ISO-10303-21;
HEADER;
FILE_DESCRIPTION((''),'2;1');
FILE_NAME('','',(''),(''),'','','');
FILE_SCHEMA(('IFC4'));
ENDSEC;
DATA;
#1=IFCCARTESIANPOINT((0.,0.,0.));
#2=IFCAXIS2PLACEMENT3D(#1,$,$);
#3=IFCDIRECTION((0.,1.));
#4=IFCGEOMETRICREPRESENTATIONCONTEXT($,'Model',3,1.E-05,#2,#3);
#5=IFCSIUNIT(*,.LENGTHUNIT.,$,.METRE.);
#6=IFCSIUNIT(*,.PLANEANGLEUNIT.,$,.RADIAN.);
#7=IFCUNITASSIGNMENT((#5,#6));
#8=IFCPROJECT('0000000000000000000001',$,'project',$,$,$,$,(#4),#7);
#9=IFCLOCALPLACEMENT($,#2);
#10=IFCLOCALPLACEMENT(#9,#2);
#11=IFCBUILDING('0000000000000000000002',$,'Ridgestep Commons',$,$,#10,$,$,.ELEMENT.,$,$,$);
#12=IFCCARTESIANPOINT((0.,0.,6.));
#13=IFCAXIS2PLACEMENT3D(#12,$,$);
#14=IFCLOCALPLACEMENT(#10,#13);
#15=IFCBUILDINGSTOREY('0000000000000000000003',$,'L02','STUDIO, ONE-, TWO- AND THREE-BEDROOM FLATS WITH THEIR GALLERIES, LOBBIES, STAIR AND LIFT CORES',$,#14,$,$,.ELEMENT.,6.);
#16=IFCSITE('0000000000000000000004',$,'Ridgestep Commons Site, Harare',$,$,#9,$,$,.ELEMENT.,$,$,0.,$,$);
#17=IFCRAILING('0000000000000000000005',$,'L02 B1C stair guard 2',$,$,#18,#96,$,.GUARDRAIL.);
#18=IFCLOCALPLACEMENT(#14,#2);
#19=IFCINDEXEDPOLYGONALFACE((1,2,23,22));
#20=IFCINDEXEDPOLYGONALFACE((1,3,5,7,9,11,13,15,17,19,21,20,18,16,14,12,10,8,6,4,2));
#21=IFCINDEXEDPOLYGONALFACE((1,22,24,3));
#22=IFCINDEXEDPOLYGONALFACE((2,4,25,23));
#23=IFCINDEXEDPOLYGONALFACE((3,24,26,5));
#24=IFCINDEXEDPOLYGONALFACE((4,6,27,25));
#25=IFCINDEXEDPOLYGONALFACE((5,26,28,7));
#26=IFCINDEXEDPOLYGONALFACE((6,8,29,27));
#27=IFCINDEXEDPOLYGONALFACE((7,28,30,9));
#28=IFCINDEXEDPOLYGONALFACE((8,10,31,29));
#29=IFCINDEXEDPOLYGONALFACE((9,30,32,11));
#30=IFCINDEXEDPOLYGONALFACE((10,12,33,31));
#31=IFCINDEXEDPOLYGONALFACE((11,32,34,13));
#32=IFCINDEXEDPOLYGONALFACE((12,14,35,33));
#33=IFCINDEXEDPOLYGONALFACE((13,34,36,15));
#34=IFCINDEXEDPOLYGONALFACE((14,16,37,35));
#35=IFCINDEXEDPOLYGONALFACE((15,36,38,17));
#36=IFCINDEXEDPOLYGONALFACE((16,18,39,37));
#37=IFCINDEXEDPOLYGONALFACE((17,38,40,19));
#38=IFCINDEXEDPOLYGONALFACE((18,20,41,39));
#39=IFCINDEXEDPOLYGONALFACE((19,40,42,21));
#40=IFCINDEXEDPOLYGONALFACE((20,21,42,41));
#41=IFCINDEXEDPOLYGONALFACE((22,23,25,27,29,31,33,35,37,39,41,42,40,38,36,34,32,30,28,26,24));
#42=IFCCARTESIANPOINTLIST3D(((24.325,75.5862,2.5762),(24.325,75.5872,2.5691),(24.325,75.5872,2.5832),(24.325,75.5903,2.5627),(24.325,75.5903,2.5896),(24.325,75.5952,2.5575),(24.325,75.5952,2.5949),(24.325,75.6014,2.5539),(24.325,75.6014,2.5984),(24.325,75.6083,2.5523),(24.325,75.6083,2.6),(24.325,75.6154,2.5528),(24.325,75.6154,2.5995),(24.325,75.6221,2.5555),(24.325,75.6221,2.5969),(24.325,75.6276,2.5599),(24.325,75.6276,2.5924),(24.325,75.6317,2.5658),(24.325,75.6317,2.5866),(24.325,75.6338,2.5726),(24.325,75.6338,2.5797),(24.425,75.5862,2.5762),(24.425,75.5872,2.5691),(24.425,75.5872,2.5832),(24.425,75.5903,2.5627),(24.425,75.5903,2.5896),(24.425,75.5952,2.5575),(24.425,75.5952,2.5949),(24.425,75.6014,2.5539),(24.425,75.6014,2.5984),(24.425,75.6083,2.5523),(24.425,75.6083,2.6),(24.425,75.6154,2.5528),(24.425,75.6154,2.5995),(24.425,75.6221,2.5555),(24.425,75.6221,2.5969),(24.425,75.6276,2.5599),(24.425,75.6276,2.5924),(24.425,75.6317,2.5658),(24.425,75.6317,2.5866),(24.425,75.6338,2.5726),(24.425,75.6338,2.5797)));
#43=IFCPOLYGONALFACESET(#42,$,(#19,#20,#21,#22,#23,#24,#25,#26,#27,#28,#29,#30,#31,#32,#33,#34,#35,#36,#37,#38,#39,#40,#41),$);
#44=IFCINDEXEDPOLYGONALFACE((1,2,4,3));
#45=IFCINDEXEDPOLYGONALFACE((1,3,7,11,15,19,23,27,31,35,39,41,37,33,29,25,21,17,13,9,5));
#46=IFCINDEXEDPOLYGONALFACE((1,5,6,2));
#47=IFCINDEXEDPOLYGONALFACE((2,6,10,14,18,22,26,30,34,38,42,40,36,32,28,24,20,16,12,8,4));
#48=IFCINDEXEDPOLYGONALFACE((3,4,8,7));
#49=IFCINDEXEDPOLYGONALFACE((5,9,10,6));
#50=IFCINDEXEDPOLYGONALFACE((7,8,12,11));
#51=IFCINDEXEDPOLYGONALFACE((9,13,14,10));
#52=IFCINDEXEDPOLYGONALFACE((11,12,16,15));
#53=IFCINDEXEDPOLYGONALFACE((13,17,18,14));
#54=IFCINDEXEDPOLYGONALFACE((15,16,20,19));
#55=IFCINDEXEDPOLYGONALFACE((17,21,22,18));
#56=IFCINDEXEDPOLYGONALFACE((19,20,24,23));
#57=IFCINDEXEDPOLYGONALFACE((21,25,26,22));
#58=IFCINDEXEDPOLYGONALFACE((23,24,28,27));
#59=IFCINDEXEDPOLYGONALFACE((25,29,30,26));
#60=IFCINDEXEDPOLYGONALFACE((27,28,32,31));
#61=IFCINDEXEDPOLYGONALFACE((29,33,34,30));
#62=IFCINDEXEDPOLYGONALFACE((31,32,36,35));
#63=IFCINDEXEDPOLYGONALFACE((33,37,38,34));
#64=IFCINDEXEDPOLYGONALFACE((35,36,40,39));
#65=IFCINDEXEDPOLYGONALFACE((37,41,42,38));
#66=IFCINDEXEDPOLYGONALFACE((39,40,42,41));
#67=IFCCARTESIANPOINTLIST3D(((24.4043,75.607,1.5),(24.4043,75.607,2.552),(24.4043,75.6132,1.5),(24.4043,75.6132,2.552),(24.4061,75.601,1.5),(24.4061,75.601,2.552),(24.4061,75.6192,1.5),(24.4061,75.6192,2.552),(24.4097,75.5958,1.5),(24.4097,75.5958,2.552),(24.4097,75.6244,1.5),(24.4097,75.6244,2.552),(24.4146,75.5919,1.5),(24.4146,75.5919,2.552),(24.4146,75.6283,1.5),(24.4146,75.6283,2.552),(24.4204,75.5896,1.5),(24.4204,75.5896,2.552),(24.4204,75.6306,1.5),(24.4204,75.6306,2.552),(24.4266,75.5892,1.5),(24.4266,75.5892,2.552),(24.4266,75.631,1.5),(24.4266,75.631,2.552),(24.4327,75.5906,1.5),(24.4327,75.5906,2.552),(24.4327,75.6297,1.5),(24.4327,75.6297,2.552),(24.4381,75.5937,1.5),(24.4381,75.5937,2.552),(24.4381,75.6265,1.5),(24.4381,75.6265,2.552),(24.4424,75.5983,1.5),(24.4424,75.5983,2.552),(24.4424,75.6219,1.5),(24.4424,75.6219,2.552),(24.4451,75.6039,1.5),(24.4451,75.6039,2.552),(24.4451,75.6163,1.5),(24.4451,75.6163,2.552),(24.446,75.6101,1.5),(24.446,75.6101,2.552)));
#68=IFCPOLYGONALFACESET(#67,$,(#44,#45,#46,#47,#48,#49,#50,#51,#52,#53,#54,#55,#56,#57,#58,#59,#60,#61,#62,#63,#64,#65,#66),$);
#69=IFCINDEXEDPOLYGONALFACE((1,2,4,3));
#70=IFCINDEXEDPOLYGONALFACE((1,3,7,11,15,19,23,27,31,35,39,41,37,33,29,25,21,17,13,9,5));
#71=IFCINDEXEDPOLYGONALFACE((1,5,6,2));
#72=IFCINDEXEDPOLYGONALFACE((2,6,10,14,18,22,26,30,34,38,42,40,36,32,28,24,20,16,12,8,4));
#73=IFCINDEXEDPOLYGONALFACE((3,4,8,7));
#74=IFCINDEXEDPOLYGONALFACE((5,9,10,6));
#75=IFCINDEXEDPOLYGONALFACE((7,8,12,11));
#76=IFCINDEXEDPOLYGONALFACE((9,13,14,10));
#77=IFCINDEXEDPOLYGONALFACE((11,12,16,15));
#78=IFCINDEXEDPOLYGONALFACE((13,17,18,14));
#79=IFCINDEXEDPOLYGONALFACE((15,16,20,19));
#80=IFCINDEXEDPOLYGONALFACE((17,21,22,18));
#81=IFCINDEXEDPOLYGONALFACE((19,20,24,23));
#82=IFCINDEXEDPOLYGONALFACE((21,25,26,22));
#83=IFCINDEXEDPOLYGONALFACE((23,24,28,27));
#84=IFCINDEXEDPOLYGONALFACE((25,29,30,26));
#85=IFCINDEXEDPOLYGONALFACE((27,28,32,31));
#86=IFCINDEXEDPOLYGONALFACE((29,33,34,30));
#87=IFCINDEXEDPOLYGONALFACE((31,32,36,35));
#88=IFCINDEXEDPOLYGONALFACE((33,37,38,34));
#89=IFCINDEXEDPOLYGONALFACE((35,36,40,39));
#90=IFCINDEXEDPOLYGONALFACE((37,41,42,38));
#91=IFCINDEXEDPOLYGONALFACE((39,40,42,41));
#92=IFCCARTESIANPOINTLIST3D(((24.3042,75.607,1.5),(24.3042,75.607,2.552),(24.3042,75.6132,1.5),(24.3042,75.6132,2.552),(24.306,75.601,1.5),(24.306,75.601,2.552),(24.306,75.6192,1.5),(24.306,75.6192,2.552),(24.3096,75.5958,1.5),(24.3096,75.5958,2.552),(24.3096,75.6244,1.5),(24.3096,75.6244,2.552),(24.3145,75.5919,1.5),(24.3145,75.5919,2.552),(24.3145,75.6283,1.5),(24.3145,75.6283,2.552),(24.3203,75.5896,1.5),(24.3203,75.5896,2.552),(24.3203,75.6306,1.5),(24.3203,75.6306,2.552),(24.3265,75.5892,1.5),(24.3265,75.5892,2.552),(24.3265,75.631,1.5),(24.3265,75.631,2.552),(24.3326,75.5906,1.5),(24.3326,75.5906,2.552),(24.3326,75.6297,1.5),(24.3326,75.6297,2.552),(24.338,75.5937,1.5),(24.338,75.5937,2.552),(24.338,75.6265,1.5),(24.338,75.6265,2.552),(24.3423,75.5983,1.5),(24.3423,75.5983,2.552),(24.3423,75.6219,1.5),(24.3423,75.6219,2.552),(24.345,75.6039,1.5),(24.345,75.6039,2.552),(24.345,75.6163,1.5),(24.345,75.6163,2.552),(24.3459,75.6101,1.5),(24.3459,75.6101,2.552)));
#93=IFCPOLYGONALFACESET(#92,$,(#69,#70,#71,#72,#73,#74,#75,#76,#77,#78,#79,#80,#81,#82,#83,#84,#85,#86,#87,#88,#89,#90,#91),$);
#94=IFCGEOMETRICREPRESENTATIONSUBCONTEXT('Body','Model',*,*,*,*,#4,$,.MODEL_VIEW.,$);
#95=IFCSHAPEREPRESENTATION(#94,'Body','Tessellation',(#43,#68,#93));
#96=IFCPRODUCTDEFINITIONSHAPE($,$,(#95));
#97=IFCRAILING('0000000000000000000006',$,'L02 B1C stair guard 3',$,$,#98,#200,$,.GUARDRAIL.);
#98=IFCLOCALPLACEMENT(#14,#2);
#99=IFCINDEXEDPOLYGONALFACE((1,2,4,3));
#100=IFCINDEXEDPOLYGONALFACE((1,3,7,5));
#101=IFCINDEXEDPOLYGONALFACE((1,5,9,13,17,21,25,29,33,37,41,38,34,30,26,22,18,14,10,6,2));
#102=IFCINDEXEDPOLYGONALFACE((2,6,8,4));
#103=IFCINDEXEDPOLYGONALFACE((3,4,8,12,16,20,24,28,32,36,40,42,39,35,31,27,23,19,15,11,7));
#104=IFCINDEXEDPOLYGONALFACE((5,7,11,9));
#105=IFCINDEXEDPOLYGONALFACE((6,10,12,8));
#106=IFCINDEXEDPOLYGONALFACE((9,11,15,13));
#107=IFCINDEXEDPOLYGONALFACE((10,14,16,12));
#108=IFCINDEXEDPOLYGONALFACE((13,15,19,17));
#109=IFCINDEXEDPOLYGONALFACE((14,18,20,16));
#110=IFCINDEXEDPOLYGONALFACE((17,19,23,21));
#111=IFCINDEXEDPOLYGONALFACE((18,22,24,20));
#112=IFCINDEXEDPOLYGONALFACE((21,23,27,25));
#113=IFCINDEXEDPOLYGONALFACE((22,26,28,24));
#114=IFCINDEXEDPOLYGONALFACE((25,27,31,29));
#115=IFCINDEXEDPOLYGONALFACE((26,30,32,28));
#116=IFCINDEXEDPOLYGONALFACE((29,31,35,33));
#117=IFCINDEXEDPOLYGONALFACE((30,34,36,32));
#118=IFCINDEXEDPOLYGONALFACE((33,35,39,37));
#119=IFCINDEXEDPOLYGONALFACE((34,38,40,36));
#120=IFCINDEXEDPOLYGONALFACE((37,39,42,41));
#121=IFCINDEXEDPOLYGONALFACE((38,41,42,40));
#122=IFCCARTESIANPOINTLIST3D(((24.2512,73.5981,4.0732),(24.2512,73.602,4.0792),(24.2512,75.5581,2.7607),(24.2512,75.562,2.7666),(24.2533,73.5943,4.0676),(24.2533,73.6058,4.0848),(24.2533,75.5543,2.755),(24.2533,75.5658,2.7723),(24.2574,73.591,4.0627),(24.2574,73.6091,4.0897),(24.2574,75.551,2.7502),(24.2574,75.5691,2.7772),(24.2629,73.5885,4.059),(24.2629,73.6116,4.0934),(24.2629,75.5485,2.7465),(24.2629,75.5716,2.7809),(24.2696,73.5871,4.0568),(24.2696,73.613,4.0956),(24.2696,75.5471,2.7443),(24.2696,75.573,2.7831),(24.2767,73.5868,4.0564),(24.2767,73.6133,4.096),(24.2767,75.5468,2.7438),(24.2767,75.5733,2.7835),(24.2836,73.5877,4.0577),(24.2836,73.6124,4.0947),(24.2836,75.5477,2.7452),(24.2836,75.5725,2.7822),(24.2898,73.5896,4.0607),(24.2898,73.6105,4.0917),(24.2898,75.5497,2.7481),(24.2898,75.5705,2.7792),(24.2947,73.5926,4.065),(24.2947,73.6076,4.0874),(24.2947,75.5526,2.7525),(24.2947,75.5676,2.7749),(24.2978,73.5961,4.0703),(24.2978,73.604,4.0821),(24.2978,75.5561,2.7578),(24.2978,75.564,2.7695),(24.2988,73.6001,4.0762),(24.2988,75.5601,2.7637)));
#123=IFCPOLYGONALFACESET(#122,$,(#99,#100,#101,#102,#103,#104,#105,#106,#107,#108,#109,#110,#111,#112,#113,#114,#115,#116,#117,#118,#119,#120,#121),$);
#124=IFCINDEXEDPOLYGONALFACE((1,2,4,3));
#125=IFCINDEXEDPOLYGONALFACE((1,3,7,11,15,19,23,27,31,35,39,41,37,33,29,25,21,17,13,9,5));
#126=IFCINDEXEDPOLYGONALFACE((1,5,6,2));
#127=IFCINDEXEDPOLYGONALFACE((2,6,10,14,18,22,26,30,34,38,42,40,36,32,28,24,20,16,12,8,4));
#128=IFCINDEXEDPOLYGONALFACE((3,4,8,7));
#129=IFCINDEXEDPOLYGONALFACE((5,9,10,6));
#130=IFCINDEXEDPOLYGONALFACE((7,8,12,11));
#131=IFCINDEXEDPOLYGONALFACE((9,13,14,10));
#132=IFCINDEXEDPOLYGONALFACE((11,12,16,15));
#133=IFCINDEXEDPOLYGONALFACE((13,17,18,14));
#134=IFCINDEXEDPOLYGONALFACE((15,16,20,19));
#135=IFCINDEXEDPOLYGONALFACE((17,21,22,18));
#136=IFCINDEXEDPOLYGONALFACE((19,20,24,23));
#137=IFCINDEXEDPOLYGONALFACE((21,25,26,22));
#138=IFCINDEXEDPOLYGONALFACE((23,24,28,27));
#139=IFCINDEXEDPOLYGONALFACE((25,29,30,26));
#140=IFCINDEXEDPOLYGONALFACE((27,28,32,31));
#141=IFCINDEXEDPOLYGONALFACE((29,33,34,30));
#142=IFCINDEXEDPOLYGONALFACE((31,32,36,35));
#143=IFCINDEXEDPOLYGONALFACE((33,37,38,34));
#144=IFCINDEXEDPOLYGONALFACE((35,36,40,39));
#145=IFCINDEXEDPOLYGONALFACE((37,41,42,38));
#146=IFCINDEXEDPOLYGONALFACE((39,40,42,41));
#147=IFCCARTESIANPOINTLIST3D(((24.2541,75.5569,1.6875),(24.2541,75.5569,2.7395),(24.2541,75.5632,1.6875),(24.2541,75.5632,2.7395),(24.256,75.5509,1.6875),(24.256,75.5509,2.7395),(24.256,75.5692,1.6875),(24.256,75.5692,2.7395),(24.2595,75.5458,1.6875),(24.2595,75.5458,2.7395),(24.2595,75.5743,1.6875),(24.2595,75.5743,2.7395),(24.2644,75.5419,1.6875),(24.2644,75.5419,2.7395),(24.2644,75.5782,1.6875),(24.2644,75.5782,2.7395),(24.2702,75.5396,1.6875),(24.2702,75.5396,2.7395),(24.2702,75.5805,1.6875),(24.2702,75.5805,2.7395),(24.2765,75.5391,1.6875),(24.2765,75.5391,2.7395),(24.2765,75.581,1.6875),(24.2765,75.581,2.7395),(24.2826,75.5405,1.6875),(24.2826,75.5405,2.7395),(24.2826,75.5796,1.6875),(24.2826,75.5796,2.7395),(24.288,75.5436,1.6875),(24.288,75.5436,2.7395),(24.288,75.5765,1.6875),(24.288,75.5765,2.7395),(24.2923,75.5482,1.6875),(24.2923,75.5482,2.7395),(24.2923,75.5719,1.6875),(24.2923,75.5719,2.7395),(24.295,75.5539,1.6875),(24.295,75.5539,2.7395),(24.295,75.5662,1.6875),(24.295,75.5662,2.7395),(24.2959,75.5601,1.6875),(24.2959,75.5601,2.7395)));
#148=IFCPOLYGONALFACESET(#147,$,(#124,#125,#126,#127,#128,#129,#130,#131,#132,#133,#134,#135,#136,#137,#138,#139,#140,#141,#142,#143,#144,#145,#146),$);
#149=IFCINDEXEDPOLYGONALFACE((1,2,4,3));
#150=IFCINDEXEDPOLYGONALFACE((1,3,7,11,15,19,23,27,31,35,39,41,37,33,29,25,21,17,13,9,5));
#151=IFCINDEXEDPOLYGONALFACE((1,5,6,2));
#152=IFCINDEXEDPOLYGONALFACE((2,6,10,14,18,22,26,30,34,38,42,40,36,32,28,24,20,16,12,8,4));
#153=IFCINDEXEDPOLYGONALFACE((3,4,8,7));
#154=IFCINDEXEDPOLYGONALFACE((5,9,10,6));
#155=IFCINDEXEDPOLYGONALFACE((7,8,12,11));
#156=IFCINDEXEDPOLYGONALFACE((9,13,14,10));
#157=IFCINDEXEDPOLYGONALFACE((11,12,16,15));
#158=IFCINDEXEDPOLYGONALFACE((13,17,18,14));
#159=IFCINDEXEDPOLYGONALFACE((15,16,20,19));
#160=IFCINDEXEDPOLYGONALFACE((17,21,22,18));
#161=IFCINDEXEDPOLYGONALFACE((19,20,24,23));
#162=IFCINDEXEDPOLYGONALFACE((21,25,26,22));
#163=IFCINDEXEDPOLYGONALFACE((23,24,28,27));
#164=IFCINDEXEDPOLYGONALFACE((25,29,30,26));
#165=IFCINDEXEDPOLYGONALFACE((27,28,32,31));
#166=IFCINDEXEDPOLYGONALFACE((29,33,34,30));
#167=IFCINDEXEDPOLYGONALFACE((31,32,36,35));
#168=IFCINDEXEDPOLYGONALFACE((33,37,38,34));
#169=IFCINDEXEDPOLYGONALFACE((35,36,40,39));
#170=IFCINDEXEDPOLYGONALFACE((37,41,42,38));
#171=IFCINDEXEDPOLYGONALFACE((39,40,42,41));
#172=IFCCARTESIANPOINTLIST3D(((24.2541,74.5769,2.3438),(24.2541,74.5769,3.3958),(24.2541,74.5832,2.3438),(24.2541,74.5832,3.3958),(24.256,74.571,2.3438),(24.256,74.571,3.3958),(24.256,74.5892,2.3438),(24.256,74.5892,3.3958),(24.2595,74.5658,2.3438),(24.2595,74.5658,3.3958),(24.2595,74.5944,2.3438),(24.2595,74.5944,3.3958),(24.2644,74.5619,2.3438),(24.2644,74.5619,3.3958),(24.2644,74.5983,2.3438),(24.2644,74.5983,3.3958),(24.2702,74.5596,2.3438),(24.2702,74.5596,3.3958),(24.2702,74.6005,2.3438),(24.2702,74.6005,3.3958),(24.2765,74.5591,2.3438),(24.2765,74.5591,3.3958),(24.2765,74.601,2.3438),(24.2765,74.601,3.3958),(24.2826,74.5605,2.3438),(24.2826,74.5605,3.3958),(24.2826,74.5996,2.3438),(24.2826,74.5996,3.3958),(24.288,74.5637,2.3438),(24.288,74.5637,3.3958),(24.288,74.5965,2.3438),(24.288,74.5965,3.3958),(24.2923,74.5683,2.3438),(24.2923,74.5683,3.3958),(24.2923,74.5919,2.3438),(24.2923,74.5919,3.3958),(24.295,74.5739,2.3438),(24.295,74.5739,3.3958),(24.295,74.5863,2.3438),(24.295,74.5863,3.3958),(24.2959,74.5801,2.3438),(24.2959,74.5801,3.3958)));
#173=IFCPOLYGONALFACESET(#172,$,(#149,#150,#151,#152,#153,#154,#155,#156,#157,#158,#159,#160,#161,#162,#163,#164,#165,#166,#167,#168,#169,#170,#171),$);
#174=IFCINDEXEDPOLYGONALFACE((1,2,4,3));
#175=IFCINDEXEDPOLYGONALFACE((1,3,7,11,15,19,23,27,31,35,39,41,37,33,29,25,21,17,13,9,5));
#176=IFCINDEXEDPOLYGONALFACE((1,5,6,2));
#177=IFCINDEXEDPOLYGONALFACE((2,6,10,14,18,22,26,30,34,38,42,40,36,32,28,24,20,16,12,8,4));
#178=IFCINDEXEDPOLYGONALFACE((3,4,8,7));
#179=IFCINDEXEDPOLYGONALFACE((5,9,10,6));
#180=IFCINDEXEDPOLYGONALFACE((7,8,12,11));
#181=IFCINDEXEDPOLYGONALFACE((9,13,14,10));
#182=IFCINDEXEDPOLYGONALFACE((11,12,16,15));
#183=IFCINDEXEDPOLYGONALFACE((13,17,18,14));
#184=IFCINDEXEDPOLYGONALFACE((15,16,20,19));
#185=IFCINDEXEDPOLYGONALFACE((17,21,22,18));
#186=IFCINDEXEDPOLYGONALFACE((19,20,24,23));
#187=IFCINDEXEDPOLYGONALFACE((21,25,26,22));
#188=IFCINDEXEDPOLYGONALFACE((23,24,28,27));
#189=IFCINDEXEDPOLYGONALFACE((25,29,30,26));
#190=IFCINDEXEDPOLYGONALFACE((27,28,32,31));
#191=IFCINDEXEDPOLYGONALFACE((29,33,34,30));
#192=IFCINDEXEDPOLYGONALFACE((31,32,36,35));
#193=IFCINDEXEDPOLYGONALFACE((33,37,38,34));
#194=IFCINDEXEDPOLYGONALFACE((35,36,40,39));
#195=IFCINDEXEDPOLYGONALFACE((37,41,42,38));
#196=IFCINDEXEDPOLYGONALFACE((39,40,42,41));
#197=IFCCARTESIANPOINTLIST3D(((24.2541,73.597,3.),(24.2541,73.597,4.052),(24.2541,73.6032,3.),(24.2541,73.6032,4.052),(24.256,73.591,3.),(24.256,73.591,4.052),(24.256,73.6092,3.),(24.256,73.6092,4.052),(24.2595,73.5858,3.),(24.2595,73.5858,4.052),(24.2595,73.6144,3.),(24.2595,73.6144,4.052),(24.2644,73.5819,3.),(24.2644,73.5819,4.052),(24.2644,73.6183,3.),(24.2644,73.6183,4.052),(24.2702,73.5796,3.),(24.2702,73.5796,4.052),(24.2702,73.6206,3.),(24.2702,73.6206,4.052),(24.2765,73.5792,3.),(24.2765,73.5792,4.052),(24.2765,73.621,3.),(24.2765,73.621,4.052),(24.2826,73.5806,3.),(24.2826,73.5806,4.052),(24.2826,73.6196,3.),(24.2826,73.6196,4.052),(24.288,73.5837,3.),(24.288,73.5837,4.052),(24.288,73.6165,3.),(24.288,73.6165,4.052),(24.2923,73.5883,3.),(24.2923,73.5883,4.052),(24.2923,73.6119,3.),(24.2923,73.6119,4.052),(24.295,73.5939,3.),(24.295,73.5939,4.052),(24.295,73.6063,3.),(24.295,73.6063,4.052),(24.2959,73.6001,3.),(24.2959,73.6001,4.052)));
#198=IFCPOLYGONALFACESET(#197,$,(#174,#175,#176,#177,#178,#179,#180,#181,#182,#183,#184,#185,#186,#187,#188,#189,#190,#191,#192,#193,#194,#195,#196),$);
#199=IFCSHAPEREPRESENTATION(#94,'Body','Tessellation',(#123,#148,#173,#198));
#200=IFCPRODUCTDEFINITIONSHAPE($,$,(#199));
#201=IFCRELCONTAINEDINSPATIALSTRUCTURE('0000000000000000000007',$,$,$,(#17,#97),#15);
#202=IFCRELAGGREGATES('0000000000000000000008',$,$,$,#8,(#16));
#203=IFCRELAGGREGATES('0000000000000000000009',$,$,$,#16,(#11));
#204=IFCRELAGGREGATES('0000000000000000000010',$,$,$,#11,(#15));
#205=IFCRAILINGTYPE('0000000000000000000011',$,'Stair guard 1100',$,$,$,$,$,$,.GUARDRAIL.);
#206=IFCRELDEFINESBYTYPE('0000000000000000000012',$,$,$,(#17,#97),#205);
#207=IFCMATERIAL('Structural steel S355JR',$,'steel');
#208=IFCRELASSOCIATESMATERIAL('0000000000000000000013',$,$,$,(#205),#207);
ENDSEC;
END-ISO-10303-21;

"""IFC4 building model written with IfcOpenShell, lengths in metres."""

from ifc_helpers import new_model, si_unit, direction, frame, origin, origin_2d, place, context, subcontext, project, spatial, circle, extrude, material, type_object, element, save


model = new_model("IFC4")

# Units and contexts
model_context = context("Model", 3, precision=1e-05, world=origin(), true_north=direction((0.0, 1.0)))
body_context = subcontext(model_context, "Body", "Model", "MODEL_VIEW")
ifc_project = project(units=[si_unit("LENGTHUNIT", "METRE"), si_unit("PLANEANGLEUNIT", "RADIAN")], contexts=[model_context])

# Site, building, storey
site_placement = place(None, origin())
site = spatial("IfcSite", under=ifc_project, at=site_placement, Name="Ridgestep Commons Site, Harare", CompositionType="ELEMENT", RefElevation=0.0)
building_placement = place(site_placement, origin())
building = spatial("IfcBuilding", under=site, at=building_placement, Name="Ridgestep Commons", CompositionType="ELEMENT")
storey_placement = place(building_placement, frame((0.0, 0.0, 6.0)))
storey = spatial("IfcBuildingStorey", under=building, at=storey_placement, Name="L02", Description="STUDIO, ONE-, TWO- AND THREE-BEDROOM FLATS WITH THEIR GALLERIES, LOBBIES, STAIR AND LIFT CORES", CompositionType="ELEMENT", Elevation=6.0)

# Railings
ifc_material_1 = material(Name="Structural steel S355JR", Category="steel")
railing_type_1 = type_object("IfcRailingType", Name="Stair guard 1100", PredefinedType="GUARDRAIL", material=ifc_material_1)
railing_1_placement = place(storey_placement, frame((24.425, 75.6101, 1.5)))
element("IfcRailing", 1, at=railing_1_placement, inside=storey, type_object=railing_type_1, Name="L02 B1C stair guard 2", PredefinedType="GUARDRAIL", context=body_context, shape_type="SweptSolid", body=[
    extrude(circle(Radius=0.0239, at=origin_2d()), frame((0.0, 0.0, 1.0762), z_axis=(-1.0, 0.0, 0.0), x_axis=(0.0, -1.0, 0.0)), (0.0, 0.0, 1.0), 0.1001),
    extrude(circle(Radius=0.021, at=origin_2d()), origin(), (0.0, 0.0, 1.0), 1.052),
    extrude(circle(Radius=0.021, at=origin_2d()), frame((-0.1001, 0.0, 0.0)), (0.0, 0.0, 1.0), 1.052),
])
railing_2_placement = place(storey_placement, frame((24.2749, 75.5601, 1.6875)))
element("IfcRailing", 2, at=railing_2_placement, inside=storey, type_object=railing_type_1, Name="L02 B1C stair guard 3", PredefinedType="GUARDRAIL", context=body_context, shape_type="SweptSolid", body=[
    extrude(circle(Radius=0.0239, at=origin_2d()), frame((0.0, 0.0, 1.0762), z_axis=(0.0, -0.830902, 0.556419), x_axis=(1.0, 0.0, 0.0)), (0.0, 0.0, 1.0), 2.3589),
    extrude(circle(Radius=0.021, at=origin_2d()), origin(), (0.0, 0.0, 1.0), 1.052),
    extrude(circle(Radius=0.021, at=origin_2d()), frame((0.0, -0.98, 0.6562)), (0.0, 0.0, 1.0), 1.052),
    extrude(circle(Radius=0.021, at=origin_2d()), frame((0.0, -1.96, 1.3125)), (0.0, 0.0, 1.0), 1.052),
])

save(model, "model.ifc")
